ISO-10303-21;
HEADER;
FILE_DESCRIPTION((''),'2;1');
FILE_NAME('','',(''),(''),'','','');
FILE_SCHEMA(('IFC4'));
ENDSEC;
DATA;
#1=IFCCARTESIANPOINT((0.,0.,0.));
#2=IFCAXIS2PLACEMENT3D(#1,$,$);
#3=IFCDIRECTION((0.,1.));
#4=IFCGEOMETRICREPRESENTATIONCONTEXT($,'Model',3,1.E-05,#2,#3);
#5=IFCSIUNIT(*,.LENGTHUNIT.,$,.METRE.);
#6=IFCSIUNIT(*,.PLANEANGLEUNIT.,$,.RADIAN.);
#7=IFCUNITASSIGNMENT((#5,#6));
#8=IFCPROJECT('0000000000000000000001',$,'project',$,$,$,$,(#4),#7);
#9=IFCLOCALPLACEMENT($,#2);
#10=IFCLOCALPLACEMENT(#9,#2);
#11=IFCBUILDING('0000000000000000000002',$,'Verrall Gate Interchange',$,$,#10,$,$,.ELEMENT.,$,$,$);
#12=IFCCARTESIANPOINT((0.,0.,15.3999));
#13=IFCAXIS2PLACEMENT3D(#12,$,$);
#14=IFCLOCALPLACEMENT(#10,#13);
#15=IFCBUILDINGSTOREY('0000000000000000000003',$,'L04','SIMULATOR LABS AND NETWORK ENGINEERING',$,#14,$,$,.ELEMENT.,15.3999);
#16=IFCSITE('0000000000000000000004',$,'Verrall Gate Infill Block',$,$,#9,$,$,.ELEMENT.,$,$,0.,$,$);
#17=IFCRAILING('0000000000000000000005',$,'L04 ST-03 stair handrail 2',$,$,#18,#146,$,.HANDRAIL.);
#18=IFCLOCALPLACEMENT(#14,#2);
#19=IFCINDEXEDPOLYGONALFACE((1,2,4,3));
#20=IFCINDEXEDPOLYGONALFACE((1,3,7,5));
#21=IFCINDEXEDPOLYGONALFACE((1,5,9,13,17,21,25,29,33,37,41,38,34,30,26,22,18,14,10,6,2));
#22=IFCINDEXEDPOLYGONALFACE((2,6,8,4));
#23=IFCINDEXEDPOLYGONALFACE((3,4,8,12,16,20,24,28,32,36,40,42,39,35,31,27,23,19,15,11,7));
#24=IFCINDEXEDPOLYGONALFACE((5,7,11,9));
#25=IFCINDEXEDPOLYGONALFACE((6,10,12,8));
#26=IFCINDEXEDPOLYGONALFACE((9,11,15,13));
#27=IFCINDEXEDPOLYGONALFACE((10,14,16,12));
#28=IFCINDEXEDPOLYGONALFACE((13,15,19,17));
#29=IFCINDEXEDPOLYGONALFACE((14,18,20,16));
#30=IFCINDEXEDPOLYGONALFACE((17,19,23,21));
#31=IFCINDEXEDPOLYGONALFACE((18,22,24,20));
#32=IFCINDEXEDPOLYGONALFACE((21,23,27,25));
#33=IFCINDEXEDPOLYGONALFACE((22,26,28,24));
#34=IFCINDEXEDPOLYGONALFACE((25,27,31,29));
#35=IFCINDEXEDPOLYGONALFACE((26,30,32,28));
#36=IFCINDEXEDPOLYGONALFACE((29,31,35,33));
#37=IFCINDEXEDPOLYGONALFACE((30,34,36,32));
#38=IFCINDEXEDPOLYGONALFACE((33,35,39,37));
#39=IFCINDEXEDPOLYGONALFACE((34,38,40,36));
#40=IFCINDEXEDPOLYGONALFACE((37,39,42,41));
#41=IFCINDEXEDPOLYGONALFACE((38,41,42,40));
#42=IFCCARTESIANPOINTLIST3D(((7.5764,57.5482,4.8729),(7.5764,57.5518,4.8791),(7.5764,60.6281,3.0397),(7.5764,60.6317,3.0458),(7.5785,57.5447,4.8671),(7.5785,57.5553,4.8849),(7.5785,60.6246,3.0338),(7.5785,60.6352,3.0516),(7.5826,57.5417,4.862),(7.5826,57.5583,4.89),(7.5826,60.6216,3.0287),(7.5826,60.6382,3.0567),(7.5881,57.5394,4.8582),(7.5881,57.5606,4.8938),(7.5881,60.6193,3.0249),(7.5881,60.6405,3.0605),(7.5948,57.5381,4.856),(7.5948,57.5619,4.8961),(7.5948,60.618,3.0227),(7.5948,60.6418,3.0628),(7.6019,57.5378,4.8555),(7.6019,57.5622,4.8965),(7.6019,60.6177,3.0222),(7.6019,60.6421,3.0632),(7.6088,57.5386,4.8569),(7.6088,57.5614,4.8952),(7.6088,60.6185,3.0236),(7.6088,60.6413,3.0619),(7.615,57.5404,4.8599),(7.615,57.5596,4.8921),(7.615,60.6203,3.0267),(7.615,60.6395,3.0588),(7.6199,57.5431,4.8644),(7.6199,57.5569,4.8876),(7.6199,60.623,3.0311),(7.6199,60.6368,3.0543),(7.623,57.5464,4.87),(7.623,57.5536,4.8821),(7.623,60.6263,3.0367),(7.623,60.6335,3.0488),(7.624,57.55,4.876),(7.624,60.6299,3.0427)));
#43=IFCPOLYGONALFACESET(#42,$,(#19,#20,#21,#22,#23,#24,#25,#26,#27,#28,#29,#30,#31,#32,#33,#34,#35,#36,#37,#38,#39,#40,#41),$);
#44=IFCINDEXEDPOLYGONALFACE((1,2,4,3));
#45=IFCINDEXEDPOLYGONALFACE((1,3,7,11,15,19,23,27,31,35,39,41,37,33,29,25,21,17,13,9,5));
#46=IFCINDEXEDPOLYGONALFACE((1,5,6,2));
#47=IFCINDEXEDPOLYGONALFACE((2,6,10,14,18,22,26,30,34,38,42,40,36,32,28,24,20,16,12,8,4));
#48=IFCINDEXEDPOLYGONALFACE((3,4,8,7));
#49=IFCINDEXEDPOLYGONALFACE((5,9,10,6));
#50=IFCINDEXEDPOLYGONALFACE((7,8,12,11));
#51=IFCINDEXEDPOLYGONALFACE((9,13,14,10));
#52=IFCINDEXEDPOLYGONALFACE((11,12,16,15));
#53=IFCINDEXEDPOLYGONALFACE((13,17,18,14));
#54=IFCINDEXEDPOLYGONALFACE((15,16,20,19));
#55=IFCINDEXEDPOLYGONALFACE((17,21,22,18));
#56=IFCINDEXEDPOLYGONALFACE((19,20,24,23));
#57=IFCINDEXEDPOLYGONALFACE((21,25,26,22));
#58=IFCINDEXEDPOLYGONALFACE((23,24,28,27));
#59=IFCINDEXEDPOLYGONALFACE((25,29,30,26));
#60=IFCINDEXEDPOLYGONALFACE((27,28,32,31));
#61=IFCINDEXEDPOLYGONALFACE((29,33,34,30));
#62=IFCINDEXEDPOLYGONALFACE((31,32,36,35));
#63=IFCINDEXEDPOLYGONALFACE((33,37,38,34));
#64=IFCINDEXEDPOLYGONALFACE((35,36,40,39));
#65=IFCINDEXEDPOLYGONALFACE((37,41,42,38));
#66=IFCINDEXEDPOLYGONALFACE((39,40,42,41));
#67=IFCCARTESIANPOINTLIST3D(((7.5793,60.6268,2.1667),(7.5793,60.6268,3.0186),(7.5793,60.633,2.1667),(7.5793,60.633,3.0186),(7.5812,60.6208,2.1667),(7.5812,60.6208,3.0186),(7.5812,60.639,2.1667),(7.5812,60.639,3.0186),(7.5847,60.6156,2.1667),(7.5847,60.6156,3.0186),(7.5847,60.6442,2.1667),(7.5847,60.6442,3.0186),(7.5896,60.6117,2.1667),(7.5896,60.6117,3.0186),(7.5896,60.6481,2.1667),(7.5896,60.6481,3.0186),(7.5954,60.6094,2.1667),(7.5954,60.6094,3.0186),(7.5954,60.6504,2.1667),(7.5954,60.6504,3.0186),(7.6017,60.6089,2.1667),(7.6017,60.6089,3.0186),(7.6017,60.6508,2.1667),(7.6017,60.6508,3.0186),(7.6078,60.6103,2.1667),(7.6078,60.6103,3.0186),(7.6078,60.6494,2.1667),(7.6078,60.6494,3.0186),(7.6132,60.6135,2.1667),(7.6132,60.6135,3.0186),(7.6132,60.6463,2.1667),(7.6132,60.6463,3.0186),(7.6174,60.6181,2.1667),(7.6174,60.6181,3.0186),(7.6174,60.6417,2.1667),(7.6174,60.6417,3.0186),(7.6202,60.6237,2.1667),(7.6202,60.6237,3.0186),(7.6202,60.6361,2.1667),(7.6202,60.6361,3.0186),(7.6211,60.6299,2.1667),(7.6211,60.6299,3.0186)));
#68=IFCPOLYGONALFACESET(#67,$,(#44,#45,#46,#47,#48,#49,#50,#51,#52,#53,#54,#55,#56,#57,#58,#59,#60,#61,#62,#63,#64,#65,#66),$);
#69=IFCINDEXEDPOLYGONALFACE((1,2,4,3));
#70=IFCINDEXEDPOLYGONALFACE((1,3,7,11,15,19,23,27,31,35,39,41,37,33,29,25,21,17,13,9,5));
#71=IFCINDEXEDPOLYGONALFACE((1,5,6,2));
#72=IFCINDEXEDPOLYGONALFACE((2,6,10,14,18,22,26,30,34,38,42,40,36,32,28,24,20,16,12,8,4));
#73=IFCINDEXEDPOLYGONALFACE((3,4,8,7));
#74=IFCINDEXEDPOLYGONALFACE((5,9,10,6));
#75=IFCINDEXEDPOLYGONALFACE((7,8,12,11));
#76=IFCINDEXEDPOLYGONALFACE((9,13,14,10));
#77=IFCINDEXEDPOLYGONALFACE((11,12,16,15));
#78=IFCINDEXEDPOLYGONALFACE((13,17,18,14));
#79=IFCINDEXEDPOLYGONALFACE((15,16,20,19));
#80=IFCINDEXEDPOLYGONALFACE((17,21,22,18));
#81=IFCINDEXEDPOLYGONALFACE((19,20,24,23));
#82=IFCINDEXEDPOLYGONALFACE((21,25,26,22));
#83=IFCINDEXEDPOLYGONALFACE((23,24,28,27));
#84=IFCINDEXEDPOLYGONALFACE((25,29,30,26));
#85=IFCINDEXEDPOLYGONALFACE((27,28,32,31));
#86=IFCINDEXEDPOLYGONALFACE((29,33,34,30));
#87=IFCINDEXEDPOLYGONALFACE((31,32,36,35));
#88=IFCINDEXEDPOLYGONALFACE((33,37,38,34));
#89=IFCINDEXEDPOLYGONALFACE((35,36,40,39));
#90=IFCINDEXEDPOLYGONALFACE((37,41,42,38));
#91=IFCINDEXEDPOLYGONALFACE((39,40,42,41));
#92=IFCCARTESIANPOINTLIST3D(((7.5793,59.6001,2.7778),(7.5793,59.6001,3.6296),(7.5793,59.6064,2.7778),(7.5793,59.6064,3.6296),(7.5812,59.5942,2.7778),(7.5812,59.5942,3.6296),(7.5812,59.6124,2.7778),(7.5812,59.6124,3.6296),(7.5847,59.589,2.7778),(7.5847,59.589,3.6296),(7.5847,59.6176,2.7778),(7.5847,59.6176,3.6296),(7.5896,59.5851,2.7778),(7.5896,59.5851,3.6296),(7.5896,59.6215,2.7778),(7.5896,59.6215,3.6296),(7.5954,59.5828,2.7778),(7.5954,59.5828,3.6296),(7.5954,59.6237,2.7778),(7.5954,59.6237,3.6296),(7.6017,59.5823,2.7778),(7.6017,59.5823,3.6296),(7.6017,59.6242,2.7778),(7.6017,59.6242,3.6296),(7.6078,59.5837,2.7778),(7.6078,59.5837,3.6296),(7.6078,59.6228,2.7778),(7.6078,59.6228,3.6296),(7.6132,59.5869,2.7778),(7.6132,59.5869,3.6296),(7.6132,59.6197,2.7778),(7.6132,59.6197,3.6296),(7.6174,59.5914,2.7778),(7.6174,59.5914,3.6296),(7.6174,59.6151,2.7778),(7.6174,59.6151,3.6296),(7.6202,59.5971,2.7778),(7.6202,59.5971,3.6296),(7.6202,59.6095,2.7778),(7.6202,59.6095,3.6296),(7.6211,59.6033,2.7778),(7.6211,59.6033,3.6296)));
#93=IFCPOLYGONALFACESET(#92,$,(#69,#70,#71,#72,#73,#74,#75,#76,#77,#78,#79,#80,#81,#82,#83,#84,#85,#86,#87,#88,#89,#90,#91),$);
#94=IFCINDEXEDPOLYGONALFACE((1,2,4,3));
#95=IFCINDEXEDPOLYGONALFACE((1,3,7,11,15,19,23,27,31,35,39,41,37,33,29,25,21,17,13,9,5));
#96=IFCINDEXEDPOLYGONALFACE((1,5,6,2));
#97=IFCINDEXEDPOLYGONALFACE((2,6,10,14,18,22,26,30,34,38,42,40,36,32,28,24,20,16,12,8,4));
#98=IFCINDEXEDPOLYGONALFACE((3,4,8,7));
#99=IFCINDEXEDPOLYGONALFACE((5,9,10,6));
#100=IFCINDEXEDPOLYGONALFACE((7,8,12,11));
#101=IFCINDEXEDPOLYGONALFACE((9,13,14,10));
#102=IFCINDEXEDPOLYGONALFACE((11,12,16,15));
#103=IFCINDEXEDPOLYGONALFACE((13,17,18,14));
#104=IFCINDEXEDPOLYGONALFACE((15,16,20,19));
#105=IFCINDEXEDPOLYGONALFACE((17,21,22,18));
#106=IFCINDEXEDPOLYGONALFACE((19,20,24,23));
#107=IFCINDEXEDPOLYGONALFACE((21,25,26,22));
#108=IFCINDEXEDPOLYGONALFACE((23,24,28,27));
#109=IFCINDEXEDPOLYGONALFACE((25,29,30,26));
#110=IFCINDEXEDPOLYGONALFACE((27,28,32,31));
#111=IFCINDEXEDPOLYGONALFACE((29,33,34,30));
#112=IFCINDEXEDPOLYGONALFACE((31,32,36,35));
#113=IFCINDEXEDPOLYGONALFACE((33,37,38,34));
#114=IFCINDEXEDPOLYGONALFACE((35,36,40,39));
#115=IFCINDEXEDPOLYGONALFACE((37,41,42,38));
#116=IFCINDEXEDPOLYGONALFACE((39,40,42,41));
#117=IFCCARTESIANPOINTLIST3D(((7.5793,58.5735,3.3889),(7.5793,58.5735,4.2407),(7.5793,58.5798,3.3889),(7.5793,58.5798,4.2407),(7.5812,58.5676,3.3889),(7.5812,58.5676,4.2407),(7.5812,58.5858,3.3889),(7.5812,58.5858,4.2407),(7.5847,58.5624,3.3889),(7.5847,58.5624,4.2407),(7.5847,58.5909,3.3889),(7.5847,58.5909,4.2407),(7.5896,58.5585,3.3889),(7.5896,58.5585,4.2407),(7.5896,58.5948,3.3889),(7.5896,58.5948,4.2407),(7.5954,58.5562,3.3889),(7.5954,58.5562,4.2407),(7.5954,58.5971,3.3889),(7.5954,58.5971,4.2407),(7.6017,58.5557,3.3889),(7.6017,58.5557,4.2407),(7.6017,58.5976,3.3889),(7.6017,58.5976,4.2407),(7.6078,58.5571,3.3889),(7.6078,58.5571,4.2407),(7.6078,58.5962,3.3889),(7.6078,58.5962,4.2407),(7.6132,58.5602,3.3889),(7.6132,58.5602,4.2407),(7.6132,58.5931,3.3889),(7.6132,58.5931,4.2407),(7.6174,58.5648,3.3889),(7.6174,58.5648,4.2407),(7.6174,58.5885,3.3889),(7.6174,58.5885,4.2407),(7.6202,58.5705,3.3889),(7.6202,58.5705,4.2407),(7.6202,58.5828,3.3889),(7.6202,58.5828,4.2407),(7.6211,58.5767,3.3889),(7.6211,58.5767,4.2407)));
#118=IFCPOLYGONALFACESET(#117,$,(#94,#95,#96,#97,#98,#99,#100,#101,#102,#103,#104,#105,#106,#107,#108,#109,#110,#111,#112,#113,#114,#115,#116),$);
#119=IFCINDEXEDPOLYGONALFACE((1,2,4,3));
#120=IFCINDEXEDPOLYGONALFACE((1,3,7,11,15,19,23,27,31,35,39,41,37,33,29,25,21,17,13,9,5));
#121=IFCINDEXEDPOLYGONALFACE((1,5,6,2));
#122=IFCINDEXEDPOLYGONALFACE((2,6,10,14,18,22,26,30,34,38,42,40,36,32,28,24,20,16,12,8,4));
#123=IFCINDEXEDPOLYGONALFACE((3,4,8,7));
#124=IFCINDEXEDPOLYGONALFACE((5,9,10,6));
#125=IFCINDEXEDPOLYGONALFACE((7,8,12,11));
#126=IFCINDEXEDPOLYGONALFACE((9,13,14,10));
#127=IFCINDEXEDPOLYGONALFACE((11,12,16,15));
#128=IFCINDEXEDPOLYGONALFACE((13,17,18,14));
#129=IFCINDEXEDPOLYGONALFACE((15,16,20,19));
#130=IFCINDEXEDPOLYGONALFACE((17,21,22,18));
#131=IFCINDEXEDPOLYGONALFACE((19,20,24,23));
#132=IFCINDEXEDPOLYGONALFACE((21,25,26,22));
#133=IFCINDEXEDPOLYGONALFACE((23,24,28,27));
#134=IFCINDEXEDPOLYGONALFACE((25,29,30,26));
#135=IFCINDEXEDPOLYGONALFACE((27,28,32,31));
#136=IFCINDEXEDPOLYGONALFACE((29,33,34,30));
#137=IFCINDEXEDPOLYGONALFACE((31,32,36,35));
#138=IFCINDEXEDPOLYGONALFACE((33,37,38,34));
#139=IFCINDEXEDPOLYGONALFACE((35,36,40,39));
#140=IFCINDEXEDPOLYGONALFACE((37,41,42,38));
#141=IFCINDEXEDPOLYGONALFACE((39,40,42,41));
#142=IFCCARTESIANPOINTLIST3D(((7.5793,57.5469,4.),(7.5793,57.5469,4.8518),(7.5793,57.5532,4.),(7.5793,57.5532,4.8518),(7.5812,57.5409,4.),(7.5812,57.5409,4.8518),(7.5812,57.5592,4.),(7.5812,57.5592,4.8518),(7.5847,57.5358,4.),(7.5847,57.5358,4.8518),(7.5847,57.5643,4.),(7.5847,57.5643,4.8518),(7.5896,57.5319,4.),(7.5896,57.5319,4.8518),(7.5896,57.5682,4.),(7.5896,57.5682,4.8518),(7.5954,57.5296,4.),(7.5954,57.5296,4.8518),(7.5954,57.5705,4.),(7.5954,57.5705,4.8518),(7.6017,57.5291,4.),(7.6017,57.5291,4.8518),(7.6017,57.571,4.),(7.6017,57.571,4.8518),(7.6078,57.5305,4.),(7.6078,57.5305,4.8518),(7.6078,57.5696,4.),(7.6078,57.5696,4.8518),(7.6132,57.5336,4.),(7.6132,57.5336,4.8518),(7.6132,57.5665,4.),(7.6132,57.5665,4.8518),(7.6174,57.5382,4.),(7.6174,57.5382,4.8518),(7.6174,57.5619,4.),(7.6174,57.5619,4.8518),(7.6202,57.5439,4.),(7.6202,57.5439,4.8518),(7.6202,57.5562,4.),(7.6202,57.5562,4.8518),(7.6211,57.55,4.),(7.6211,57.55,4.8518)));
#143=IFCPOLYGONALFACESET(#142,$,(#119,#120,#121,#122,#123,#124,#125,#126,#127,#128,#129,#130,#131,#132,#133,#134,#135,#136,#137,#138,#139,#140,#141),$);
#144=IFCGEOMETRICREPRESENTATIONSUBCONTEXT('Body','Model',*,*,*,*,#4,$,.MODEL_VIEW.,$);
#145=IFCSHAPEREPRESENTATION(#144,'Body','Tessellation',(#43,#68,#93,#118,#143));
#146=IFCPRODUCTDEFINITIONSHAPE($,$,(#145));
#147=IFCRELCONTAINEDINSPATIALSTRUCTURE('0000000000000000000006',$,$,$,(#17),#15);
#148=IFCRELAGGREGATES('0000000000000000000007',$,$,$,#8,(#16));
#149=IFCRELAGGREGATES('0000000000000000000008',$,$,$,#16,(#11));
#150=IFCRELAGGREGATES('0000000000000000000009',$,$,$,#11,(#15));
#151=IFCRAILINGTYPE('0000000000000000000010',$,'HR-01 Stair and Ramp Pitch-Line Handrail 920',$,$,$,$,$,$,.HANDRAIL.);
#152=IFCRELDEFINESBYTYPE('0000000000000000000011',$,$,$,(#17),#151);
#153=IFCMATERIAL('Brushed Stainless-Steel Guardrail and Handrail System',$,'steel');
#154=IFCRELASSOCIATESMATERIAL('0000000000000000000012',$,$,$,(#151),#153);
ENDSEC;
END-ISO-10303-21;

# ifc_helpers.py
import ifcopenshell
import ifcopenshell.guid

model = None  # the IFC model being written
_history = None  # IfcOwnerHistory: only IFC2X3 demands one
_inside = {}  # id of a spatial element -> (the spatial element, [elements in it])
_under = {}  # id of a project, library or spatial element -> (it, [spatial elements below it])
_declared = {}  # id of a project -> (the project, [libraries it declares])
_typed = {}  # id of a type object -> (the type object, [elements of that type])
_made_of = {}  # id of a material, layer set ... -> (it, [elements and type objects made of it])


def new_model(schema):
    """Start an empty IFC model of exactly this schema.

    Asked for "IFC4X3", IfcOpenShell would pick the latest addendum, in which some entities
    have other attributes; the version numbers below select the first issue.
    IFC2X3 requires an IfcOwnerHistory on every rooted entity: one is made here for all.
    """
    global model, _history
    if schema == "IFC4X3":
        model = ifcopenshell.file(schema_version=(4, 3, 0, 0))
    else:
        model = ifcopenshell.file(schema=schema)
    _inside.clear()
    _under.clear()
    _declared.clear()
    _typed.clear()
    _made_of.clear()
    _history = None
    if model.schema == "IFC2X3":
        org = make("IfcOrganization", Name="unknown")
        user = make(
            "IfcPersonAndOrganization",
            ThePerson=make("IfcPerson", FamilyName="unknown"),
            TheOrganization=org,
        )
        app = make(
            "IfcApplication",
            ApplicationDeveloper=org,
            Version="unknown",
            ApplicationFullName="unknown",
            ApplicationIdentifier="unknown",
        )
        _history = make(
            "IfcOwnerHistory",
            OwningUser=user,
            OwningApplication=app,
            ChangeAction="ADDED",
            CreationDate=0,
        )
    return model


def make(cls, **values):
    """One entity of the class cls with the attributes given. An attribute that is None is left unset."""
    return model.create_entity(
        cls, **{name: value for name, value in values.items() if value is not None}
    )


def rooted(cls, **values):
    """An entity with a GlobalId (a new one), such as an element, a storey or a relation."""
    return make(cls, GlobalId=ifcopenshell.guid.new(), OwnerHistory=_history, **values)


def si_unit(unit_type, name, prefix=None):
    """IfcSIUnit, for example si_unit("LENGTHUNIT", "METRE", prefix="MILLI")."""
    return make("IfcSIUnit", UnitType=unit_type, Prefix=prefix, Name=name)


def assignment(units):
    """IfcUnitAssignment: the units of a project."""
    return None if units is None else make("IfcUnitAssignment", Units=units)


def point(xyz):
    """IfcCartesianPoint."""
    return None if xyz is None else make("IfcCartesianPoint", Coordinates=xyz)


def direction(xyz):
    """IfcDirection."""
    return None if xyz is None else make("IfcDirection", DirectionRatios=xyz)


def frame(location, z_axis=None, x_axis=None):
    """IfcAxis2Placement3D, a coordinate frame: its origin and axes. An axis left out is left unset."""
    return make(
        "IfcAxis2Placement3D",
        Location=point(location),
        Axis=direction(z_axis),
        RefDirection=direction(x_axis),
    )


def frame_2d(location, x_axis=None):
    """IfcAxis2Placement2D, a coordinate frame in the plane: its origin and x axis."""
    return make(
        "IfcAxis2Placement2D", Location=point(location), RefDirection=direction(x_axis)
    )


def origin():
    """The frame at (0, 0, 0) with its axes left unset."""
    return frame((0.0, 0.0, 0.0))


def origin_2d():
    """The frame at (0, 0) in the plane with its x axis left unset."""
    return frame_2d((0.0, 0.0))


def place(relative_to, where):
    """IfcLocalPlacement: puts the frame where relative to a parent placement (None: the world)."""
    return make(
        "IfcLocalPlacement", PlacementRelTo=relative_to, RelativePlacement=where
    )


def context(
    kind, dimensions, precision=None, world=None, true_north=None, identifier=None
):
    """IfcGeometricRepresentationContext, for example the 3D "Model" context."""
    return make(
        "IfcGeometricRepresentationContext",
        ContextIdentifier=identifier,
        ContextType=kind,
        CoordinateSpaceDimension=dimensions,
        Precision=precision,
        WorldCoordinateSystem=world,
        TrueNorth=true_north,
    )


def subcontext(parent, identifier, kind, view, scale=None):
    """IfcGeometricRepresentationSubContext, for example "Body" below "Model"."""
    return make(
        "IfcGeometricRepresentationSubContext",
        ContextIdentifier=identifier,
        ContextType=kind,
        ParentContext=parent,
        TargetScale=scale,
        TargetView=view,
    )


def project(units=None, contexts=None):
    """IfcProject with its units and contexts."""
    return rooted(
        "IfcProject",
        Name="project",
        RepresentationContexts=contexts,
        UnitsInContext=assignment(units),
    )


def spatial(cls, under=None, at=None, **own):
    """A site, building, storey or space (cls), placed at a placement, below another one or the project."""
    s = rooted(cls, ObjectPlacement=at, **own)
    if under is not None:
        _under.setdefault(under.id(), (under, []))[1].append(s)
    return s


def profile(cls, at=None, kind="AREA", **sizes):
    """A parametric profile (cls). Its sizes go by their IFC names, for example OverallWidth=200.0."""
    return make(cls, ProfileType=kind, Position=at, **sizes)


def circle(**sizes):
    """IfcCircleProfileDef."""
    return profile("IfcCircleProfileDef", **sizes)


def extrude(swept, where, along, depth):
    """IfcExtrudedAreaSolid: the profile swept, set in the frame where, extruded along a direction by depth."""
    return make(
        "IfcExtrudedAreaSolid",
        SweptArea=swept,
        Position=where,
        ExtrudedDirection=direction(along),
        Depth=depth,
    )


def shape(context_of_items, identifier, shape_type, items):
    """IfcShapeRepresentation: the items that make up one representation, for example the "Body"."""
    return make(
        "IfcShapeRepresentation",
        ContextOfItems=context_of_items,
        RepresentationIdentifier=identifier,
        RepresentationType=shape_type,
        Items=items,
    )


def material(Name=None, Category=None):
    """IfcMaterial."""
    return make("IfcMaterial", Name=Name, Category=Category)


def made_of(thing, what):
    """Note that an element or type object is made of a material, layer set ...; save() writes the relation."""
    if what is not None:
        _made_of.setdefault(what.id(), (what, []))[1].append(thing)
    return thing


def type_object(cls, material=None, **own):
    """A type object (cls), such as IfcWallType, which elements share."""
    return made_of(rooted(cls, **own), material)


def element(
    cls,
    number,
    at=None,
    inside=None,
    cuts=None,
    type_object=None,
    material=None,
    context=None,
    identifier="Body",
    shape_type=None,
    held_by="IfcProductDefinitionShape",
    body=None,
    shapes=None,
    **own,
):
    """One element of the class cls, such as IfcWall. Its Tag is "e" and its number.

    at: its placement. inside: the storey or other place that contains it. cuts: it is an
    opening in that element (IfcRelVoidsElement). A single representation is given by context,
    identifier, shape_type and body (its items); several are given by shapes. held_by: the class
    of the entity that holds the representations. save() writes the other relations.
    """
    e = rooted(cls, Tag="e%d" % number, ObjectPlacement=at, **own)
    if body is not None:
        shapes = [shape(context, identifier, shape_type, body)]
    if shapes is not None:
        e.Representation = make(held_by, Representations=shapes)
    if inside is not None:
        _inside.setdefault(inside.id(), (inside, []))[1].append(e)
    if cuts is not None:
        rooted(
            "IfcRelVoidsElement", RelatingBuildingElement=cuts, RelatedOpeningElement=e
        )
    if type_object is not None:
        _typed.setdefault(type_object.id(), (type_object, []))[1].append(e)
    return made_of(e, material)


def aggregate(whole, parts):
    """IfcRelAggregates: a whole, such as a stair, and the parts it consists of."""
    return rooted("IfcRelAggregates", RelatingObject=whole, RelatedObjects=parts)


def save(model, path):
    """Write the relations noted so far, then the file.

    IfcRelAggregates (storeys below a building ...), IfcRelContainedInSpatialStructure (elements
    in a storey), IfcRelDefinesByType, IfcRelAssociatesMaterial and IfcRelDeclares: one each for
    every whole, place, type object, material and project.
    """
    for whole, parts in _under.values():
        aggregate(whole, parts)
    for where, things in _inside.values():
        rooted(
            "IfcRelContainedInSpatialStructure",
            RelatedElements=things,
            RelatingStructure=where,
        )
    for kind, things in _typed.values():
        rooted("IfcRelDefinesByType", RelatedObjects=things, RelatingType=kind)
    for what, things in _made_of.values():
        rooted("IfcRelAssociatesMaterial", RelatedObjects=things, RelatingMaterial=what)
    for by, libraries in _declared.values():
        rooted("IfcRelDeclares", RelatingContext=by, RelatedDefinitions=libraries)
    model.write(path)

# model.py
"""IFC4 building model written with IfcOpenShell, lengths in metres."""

from ifc_helpers import new_model, si_unit, direction, frame, origin, origin_2d, place, context, subcontext, project, spatial, circle, extrude, material, type_object, element, save


model = new_model("IFC4")

# Units and contexts
model_context = context("Model", 3, precision=1e-05, world=origin(), true_north=direction((0.0, 1.0)))
body_context = subcontext(model_context, "Body", "Model", "MODEL_VIEW")
ifc_project = project(units=[si_unit("LENGTHUNIT", "METRE"), si_unit("PLANEANGLEUNIT", "RADIAN")], contexts=[model_context])

# Site, building, storey
site_placement = place(None, origin())
site = spatial("IfcSite", under=ifc_project, at=site_placement, Name="Verrall Gate Infill Block", CompositionType="ELEMENT", RefElevation=0.0)
building_placement = place(site_placement, origin())
building = spatial("IfcBuilding", under=site, at=building_placement, Name="Verrall Gate Interchange", CompositionType="ELEMENT")
storey_placement = place(building_placement, frame((0.0, 0.0, 15.3999)))
storey = spatial("IfcBuildingStorey", under=building, at=storey_placement, Name="L04", Description="SIMULATOR LABS AND NETWORK ENGINEERING", CompositionType="ELEMENT", Elevation=15.3999)

# Railing
ifc_material_1 = material(Name="Brushed Stainless-Steel Guardrail and Handrail System", Category="steel")
railing_type_1 = type_object("IfcRailingType", Name="HR-01 Stair and Ramp Pitch-Line Handrail 920", PredefinedType="HANDRAIL", material=ifc_material_1)
railing_1_placement = place(storey_placement, frame((7.6001, 60.6299, 2.1667)))
element("IfcRailing", 1, at=railing_1_placement, inside=storey, type_object=railing_type_1, Name="L04 ST-03 stair handrail 2", PredefinedType="HANDRAIL", context=body_context, shape_type="SweptSolid", body=[
    extrude(circle(Radius=0.0239, at=origin_2d()), frame((0.0, 0.0, 0.876), z_axis=(0.0, -0.859291, 0.511487), x_axis=(1.0, 0.0, 0.0)), (0.0, 0.0, 1.0), 3.5842),
    extrude(circle(Radius=0.021, at=origin_2d()), origin(), (0.0, 0.0, 1.0), 0.8518),
    extrude(circle(Radius=0.021, at=origin_2d()), frame((0.0, -1.0266, 0.6111)), (0.0, 0.0, 1.0), 0.8518),
    extrude(circle(Radius=0.021, at=origin_2d()), frame((0.0, -2.0532, 1.2222)), (0.0, 0.0, 1.0), 0.8518),
    extrude(circle(Radius=0.021, at=origin_2d()), frame((0.0, -3.0798, 1.8333)), (0.0, 0.0, 1.0), 0.8518),
])

save(model, "model.ifc")
